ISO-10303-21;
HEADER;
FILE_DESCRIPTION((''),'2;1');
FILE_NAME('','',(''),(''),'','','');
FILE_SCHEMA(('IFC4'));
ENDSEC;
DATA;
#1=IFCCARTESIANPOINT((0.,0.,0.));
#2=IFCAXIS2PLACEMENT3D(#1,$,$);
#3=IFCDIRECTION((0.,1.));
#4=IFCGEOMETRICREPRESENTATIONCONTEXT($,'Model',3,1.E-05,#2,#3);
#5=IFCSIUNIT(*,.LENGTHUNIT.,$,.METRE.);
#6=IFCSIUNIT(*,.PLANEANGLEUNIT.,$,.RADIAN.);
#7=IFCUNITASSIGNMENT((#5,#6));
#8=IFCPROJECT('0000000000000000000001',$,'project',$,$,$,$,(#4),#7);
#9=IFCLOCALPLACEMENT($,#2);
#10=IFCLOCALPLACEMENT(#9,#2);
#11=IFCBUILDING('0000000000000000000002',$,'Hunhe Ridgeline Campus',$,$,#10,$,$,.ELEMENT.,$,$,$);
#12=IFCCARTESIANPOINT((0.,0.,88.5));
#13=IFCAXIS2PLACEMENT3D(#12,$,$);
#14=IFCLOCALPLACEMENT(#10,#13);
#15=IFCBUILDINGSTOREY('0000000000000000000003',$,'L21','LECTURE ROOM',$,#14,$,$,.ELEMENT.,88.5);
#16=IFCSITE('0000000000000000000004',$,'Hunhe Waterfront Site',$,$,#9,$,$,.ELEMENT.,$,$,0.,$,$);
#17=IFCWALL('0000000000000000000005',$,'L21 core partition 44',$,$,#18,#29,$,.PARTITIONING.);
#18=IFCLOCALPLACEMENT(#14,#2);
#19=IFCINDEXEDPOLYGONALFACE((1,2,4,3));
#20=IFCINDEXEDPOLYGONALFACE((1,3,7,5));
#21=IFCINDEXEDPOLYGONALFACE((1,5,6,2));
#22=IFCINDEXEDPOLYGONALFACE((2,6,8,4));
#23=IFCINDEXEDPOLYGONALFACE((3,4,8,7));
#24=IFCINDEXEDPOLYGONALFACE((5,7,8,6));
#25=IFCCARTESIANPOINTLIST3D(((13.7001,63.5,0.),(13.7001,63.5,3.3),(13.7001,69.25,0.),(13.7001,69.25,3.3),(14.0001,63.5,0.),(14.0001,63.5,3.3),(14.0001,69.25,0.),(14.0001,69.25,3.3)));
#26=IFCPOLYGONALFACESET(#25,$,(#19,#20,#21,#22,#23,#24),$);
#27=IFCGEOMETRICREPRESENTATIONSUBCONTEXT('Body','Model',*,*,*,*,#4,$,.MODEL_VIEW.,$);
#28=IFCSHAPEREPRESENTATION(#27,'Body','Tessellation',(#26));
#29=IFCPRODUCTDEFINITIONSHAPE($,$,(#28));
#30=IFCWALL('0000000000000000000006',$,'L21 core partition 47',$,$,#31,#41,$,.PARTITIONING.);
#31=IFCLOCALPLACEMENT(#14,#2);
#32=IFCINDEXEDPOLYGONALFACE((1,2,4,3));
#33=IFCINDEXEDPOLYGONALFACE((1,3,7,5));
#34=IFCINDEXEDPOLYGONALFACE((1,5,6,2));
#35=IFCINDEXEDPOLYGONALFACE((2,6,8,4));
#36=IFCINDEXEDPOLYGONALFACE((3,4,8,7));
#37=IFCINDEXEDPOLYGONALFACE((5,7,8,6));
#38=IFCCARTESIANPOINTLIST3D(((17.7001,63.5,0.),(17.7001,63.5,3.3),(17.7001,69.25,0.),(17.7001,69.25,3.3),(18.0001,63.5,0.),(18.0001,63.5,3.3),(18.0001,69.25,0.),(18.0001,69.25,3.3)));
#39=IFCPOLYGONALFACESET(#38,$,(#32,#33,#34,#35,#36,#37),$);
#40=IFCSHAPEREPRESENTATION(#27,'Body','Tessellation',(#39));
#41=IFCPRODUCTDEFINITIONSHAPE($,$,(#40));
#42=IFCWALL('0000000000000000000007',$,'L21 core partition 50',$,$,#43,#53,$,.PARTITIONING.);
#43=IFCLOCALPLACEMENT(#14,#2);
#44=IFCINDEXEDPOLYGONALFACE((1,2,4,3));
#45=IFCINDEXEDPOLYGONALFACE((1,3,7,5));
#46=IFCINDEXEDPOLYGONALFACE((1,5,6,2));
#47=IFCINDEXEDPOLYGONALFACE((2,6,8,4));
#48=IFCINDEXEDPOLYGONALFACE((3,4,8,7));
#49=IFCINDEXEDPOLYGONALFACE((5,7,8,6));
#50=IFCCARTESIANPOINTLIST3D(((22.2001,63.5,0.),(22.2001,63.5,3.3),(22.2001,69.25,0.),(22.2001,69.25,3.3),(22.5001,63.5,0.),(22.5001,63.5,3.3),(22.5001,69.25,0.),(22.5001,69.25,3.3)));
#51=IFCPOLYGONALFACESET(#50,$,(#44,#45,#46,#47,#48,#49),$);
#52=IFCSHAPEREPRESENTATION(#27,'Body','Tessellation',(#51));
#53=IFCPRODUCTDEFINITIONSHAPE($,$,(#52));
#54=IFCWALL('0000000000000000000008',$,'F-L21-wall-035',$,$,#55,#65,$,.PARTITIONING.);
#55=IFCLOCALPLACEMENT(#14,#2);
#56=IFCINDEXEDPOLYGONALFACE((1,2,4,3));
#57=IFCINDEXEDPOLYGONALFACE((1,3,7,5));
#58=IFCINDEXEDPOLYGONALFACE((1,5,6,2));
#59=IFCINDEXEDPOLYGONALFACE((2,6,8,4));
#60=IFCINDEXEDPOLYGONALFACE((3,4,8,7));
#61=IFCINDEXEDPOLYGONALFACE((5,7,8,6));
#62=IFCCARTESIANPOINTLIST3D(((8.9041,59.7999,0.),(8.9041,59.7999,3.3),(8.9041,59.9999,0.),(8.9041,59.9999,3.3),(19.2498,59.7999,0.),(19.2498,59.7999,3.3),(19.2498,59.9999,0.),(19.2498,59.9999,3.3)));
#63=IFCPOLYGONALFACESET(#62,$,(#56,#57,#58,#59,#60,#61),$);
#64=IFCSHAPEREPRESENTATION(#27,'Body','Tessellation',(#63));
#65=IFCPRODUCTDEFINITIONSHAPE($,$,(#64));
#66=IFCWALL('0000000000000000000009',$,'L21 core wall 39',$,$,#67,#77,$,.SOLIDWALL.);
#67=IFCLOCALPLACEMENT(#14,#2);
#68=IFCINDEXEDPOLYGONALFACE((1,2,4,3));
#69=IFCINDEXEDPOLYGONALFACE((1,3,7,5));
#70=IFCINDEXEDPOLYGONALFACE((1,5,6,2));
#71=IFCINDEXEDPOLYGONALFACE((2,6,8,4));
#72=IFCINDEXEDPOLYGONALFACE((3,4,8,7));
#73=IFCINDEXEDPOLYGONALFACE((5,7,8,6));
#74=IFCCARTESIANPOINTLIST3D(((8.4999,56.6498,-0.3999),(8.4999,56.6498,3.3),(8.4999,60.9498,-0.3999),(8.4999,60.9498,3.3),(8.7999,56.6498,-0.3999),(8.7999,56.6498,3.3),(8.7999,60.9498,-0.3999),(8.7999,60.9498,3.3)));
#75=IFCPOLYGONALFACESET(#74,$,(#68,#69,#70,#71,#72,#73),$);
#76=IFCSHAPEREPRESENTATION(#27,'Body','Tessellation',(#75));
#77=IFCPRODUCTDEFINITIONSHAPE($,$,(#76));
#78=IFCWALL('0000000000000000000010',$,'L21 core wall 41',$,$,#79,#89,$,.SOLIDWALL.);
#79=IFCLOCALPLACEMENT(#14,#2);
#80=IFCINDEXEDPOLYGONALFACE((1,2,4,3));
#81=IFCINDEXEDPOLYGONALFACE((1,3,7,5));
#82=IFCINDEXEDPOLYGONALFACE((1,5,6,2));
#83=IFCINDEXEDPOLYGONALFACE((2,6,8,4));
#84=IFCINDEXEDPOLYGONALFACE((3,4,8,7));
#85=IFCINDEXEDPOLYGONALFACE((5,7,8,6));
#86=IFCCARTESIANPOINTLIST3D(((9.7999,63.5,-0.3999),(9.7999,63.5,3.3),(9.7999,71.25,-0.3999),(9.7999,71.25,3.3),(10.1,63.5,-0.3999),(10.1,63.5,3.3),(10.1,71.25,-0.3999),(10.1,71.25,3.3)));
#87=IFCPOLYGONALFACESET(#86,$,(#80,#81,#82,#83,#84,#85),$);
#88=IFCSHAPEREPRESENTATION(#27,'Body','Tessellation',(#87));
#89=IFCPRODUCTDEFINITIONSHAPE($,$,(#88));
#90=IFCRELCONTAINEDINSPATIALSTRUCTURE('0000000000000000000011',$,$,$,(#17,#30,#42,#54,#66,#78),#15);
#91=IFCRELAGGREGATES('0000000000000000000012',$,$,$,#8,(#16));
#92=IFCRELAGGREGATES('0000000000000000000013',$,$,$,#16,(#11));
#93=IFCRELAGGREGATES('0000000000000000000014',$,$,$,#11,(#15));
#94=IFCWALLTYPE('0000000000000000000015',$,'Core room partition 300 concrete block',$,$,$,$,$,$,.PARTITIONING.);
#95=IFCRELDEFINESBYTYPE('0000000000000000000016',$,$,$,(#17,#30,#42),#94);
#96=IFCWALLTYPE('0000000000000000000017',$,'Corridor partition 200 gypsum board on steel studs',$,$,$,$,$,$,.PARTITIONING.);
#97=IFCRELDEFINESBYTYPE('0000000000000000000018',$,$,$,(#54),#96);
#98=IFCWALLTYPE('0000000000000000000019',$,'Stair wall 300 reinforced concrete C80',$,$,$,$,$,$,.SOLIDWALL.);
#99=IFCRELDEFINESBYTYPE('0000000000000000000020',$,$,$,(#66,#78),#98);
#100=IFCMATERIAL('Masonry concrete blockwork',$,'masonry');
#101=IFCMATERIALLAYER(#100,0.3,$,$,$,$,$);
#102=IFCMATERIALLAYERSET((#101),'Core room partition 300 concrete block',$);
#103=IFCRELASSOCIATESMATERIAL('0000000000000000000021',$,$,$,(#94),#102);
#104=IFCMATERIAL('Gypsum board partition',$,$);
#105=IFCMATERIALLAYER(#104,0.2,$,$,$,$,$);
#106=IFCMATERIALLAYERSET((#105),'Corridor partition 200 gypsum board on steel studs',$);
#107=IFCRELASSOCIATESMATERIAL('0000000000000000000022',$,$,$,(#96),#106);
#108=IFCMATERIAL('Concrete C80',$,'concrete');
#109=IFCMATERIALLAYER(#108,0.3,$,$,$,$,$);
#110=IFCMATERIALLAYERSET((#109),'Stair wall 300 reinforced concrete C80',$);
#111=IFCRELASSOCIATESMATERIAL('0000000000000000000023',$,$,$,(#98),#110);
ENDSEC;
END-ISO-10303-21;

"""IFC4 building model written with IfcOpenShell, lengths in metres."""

from ifc_helpers import new_model, si_unit, direction, frame, frame_2d, origin, place, context, subcontext, project, spatial, rectangle, extrude, material, layer, layer_set, type_object, element, save


model = new_model("IFC4")

# Units and contexts
model_context = context("Model", 3, precision=1e-05, world=origin(), true_north=direction((0.0, 1.0)))
body_context = subcontext(model_context, "Body", "Model", "MODEL_VIEW")
ifc_project = project(units=[si_unit("LENGTHUNIT", "METRE"), si_unit("PLANEANGLEUNIT", "RADIAN")], contexts=[model_context])

# Site, building, storey
site_placement = place(None, origin())
site = spatial("IfcSite", under=ifc_project, at=site_placement, Name="Hunhe Waterfront Site", CompositionType="ELEMENT", RefElevation=0.0)
building_placement = place(site_placement, origin())
building = spatial("IfcBuilding", under=site, at=building_placement, Name="Hunhe Ridgeline Campus", CompositionType="ELEMENT")
storey_placement = place(building_placement, frame((0.0, 0.0, 88.5)))
storey = spatial("IfcBuildingStorey", under=building, at=storey_placement, Name="L21", Description="LECTURE ROOM", CompositionType="ELEMENT", Elevation=88.5)

# Shared definitions
ifc_material_1 = material(Name="Masonry concrete blockwork", Category="masonry")
ifc_layer_1 = layer(ifc_material_1, 0.3)
ifc_layer_set_1 = layer_set([ifc_layer_1], Name="Core room partition 300 concrete block")
wall_type_1 = type_object("IfcWallType", Name="Core room partition 300 concrete block", PredefinedType="PARTITIONING", material=ifc_layer_set_1)

# Walls
for number, where, z_axis, x_axis, name in (
    (1, (13.8501, 63.5, 0.0), (0.0, 0.0, 1.0), (0.0, 1.0, 0.0), "L21 core partition 44"),
    (2, (17.8501, 63.5, 0.0), (0.0, 0.0, 1.0), (0.0, 1.0, 0.0), "L21 core partition 47"),
    (3, (22.3501, 63.5, 0.0), (0.0, 0.0, 1.0), (0.0, 1.0, 0.0), "L21 core partition 50"),
):
    element("IfcWall", number, at=place(storey_placement, frame(where, z_axis=z_axis, x_axis=x_axis)), inside=storey, type_object=wall_type_1, Name=name, PredefinedType="PARTITIONING", context=body_context, shape_type="SweptSolid", body=[
        extrude(rectangle(XDim=5.75, YDim=0.3, at=frame_2d((2.875, 0.0))), origin(), (0.0, 0.0, 1.0), 3.3),
    ])
ifc_material_2 = material(Name="Gypsum board partition")
ifc_layer_2 = layer(ifc_material_2, 0.2)
ifc_layer_set_2 = layer_set([ifc_layer_2], Name="Corridor partition 200 gypsum board on steel studs")
wall_type_2 = type_object("IfcWallType", Name="Corridor partition 200 gypsum board on steel studs", PredefinedType="PARTITIONING", material=ifc_layer_set_2)
wall_1_placement = place(storey_placement, frame((19.2498, 59.8999, 0.0), z_axis=(0.0, 0.0, 1.0), x_axis=(-1.0, 0.0, 0.0)))
element("IfcWall", 4, at=wall_1_placement, inside=storey, type_object=wall_type_2, Name="F-L21-wall-035", PredefinedType="PARTITIONING", context=body_context, shape_type="SweptSolid", body=[
    extrude(rectangle(XDim=10.3457, YDim=0.2, at=frame_2d((5.1729, 0.0))), origin(), (0.0, 0.0, 1.0), 3.3),
])
ifc_material_3 = material(Name="Concrete C80", Category="concrete")
ifc_layer_3 = layer(ifc_material_3, 0.3)
ifc_layer_set_3 = layer_set([ifc_layer_3], Name="Stair wall 300 reinforced concrete C80")
wall_type_3 = type_object("IfcWallType", Name="Stair wall 300 reinforced concrete C80", PredefinedType="SOLIDWALL", material=ifc_layer_set_3)
wall_2_placement = place(storey_placement, frame((8.6499, 56.6499, -0.3999), z_axis=(0.0, 0.0, 1.0), x_axis=(0.0, 1.0, 0.0)))
element("IfcWall", 5, at=wall_2_placement, inside=storey, type_object=wall_type_3, Name="L21 core wall 39", PredefinedType="SOLIDWALL", context=body_context, shape_type="SweptSolid", body=[
    extrude(rectangle(XDim=4.3, YDim=0.3, at=frame_2d((2.1499, 0.0))), origin(), (0.0, 0.0, 1.0), 3.7),
])
wall_3_placement = place(storey_placement, frame((9.95, 63.5, -0.3999), z_axis=(0.0, 0.0, 1.0), x_axis=(0.0, 1.0, 0.0)))
element("IfcWall", 6, at=wall_3_placement, inside=storey, type_object=wall_type_3, Name="L21 core wall 41", PredefinedType="SOLIDWALL", context=body_context, shape_type="SweptSolid", body=[
    extrude(rectangle(XDim=7.75, YDim=0.3, at=frame_2d((3.875, 0.0))), origin(), (0.0, 0.0, 1.0), 3.7),
])

save(model, "model.ifc")
